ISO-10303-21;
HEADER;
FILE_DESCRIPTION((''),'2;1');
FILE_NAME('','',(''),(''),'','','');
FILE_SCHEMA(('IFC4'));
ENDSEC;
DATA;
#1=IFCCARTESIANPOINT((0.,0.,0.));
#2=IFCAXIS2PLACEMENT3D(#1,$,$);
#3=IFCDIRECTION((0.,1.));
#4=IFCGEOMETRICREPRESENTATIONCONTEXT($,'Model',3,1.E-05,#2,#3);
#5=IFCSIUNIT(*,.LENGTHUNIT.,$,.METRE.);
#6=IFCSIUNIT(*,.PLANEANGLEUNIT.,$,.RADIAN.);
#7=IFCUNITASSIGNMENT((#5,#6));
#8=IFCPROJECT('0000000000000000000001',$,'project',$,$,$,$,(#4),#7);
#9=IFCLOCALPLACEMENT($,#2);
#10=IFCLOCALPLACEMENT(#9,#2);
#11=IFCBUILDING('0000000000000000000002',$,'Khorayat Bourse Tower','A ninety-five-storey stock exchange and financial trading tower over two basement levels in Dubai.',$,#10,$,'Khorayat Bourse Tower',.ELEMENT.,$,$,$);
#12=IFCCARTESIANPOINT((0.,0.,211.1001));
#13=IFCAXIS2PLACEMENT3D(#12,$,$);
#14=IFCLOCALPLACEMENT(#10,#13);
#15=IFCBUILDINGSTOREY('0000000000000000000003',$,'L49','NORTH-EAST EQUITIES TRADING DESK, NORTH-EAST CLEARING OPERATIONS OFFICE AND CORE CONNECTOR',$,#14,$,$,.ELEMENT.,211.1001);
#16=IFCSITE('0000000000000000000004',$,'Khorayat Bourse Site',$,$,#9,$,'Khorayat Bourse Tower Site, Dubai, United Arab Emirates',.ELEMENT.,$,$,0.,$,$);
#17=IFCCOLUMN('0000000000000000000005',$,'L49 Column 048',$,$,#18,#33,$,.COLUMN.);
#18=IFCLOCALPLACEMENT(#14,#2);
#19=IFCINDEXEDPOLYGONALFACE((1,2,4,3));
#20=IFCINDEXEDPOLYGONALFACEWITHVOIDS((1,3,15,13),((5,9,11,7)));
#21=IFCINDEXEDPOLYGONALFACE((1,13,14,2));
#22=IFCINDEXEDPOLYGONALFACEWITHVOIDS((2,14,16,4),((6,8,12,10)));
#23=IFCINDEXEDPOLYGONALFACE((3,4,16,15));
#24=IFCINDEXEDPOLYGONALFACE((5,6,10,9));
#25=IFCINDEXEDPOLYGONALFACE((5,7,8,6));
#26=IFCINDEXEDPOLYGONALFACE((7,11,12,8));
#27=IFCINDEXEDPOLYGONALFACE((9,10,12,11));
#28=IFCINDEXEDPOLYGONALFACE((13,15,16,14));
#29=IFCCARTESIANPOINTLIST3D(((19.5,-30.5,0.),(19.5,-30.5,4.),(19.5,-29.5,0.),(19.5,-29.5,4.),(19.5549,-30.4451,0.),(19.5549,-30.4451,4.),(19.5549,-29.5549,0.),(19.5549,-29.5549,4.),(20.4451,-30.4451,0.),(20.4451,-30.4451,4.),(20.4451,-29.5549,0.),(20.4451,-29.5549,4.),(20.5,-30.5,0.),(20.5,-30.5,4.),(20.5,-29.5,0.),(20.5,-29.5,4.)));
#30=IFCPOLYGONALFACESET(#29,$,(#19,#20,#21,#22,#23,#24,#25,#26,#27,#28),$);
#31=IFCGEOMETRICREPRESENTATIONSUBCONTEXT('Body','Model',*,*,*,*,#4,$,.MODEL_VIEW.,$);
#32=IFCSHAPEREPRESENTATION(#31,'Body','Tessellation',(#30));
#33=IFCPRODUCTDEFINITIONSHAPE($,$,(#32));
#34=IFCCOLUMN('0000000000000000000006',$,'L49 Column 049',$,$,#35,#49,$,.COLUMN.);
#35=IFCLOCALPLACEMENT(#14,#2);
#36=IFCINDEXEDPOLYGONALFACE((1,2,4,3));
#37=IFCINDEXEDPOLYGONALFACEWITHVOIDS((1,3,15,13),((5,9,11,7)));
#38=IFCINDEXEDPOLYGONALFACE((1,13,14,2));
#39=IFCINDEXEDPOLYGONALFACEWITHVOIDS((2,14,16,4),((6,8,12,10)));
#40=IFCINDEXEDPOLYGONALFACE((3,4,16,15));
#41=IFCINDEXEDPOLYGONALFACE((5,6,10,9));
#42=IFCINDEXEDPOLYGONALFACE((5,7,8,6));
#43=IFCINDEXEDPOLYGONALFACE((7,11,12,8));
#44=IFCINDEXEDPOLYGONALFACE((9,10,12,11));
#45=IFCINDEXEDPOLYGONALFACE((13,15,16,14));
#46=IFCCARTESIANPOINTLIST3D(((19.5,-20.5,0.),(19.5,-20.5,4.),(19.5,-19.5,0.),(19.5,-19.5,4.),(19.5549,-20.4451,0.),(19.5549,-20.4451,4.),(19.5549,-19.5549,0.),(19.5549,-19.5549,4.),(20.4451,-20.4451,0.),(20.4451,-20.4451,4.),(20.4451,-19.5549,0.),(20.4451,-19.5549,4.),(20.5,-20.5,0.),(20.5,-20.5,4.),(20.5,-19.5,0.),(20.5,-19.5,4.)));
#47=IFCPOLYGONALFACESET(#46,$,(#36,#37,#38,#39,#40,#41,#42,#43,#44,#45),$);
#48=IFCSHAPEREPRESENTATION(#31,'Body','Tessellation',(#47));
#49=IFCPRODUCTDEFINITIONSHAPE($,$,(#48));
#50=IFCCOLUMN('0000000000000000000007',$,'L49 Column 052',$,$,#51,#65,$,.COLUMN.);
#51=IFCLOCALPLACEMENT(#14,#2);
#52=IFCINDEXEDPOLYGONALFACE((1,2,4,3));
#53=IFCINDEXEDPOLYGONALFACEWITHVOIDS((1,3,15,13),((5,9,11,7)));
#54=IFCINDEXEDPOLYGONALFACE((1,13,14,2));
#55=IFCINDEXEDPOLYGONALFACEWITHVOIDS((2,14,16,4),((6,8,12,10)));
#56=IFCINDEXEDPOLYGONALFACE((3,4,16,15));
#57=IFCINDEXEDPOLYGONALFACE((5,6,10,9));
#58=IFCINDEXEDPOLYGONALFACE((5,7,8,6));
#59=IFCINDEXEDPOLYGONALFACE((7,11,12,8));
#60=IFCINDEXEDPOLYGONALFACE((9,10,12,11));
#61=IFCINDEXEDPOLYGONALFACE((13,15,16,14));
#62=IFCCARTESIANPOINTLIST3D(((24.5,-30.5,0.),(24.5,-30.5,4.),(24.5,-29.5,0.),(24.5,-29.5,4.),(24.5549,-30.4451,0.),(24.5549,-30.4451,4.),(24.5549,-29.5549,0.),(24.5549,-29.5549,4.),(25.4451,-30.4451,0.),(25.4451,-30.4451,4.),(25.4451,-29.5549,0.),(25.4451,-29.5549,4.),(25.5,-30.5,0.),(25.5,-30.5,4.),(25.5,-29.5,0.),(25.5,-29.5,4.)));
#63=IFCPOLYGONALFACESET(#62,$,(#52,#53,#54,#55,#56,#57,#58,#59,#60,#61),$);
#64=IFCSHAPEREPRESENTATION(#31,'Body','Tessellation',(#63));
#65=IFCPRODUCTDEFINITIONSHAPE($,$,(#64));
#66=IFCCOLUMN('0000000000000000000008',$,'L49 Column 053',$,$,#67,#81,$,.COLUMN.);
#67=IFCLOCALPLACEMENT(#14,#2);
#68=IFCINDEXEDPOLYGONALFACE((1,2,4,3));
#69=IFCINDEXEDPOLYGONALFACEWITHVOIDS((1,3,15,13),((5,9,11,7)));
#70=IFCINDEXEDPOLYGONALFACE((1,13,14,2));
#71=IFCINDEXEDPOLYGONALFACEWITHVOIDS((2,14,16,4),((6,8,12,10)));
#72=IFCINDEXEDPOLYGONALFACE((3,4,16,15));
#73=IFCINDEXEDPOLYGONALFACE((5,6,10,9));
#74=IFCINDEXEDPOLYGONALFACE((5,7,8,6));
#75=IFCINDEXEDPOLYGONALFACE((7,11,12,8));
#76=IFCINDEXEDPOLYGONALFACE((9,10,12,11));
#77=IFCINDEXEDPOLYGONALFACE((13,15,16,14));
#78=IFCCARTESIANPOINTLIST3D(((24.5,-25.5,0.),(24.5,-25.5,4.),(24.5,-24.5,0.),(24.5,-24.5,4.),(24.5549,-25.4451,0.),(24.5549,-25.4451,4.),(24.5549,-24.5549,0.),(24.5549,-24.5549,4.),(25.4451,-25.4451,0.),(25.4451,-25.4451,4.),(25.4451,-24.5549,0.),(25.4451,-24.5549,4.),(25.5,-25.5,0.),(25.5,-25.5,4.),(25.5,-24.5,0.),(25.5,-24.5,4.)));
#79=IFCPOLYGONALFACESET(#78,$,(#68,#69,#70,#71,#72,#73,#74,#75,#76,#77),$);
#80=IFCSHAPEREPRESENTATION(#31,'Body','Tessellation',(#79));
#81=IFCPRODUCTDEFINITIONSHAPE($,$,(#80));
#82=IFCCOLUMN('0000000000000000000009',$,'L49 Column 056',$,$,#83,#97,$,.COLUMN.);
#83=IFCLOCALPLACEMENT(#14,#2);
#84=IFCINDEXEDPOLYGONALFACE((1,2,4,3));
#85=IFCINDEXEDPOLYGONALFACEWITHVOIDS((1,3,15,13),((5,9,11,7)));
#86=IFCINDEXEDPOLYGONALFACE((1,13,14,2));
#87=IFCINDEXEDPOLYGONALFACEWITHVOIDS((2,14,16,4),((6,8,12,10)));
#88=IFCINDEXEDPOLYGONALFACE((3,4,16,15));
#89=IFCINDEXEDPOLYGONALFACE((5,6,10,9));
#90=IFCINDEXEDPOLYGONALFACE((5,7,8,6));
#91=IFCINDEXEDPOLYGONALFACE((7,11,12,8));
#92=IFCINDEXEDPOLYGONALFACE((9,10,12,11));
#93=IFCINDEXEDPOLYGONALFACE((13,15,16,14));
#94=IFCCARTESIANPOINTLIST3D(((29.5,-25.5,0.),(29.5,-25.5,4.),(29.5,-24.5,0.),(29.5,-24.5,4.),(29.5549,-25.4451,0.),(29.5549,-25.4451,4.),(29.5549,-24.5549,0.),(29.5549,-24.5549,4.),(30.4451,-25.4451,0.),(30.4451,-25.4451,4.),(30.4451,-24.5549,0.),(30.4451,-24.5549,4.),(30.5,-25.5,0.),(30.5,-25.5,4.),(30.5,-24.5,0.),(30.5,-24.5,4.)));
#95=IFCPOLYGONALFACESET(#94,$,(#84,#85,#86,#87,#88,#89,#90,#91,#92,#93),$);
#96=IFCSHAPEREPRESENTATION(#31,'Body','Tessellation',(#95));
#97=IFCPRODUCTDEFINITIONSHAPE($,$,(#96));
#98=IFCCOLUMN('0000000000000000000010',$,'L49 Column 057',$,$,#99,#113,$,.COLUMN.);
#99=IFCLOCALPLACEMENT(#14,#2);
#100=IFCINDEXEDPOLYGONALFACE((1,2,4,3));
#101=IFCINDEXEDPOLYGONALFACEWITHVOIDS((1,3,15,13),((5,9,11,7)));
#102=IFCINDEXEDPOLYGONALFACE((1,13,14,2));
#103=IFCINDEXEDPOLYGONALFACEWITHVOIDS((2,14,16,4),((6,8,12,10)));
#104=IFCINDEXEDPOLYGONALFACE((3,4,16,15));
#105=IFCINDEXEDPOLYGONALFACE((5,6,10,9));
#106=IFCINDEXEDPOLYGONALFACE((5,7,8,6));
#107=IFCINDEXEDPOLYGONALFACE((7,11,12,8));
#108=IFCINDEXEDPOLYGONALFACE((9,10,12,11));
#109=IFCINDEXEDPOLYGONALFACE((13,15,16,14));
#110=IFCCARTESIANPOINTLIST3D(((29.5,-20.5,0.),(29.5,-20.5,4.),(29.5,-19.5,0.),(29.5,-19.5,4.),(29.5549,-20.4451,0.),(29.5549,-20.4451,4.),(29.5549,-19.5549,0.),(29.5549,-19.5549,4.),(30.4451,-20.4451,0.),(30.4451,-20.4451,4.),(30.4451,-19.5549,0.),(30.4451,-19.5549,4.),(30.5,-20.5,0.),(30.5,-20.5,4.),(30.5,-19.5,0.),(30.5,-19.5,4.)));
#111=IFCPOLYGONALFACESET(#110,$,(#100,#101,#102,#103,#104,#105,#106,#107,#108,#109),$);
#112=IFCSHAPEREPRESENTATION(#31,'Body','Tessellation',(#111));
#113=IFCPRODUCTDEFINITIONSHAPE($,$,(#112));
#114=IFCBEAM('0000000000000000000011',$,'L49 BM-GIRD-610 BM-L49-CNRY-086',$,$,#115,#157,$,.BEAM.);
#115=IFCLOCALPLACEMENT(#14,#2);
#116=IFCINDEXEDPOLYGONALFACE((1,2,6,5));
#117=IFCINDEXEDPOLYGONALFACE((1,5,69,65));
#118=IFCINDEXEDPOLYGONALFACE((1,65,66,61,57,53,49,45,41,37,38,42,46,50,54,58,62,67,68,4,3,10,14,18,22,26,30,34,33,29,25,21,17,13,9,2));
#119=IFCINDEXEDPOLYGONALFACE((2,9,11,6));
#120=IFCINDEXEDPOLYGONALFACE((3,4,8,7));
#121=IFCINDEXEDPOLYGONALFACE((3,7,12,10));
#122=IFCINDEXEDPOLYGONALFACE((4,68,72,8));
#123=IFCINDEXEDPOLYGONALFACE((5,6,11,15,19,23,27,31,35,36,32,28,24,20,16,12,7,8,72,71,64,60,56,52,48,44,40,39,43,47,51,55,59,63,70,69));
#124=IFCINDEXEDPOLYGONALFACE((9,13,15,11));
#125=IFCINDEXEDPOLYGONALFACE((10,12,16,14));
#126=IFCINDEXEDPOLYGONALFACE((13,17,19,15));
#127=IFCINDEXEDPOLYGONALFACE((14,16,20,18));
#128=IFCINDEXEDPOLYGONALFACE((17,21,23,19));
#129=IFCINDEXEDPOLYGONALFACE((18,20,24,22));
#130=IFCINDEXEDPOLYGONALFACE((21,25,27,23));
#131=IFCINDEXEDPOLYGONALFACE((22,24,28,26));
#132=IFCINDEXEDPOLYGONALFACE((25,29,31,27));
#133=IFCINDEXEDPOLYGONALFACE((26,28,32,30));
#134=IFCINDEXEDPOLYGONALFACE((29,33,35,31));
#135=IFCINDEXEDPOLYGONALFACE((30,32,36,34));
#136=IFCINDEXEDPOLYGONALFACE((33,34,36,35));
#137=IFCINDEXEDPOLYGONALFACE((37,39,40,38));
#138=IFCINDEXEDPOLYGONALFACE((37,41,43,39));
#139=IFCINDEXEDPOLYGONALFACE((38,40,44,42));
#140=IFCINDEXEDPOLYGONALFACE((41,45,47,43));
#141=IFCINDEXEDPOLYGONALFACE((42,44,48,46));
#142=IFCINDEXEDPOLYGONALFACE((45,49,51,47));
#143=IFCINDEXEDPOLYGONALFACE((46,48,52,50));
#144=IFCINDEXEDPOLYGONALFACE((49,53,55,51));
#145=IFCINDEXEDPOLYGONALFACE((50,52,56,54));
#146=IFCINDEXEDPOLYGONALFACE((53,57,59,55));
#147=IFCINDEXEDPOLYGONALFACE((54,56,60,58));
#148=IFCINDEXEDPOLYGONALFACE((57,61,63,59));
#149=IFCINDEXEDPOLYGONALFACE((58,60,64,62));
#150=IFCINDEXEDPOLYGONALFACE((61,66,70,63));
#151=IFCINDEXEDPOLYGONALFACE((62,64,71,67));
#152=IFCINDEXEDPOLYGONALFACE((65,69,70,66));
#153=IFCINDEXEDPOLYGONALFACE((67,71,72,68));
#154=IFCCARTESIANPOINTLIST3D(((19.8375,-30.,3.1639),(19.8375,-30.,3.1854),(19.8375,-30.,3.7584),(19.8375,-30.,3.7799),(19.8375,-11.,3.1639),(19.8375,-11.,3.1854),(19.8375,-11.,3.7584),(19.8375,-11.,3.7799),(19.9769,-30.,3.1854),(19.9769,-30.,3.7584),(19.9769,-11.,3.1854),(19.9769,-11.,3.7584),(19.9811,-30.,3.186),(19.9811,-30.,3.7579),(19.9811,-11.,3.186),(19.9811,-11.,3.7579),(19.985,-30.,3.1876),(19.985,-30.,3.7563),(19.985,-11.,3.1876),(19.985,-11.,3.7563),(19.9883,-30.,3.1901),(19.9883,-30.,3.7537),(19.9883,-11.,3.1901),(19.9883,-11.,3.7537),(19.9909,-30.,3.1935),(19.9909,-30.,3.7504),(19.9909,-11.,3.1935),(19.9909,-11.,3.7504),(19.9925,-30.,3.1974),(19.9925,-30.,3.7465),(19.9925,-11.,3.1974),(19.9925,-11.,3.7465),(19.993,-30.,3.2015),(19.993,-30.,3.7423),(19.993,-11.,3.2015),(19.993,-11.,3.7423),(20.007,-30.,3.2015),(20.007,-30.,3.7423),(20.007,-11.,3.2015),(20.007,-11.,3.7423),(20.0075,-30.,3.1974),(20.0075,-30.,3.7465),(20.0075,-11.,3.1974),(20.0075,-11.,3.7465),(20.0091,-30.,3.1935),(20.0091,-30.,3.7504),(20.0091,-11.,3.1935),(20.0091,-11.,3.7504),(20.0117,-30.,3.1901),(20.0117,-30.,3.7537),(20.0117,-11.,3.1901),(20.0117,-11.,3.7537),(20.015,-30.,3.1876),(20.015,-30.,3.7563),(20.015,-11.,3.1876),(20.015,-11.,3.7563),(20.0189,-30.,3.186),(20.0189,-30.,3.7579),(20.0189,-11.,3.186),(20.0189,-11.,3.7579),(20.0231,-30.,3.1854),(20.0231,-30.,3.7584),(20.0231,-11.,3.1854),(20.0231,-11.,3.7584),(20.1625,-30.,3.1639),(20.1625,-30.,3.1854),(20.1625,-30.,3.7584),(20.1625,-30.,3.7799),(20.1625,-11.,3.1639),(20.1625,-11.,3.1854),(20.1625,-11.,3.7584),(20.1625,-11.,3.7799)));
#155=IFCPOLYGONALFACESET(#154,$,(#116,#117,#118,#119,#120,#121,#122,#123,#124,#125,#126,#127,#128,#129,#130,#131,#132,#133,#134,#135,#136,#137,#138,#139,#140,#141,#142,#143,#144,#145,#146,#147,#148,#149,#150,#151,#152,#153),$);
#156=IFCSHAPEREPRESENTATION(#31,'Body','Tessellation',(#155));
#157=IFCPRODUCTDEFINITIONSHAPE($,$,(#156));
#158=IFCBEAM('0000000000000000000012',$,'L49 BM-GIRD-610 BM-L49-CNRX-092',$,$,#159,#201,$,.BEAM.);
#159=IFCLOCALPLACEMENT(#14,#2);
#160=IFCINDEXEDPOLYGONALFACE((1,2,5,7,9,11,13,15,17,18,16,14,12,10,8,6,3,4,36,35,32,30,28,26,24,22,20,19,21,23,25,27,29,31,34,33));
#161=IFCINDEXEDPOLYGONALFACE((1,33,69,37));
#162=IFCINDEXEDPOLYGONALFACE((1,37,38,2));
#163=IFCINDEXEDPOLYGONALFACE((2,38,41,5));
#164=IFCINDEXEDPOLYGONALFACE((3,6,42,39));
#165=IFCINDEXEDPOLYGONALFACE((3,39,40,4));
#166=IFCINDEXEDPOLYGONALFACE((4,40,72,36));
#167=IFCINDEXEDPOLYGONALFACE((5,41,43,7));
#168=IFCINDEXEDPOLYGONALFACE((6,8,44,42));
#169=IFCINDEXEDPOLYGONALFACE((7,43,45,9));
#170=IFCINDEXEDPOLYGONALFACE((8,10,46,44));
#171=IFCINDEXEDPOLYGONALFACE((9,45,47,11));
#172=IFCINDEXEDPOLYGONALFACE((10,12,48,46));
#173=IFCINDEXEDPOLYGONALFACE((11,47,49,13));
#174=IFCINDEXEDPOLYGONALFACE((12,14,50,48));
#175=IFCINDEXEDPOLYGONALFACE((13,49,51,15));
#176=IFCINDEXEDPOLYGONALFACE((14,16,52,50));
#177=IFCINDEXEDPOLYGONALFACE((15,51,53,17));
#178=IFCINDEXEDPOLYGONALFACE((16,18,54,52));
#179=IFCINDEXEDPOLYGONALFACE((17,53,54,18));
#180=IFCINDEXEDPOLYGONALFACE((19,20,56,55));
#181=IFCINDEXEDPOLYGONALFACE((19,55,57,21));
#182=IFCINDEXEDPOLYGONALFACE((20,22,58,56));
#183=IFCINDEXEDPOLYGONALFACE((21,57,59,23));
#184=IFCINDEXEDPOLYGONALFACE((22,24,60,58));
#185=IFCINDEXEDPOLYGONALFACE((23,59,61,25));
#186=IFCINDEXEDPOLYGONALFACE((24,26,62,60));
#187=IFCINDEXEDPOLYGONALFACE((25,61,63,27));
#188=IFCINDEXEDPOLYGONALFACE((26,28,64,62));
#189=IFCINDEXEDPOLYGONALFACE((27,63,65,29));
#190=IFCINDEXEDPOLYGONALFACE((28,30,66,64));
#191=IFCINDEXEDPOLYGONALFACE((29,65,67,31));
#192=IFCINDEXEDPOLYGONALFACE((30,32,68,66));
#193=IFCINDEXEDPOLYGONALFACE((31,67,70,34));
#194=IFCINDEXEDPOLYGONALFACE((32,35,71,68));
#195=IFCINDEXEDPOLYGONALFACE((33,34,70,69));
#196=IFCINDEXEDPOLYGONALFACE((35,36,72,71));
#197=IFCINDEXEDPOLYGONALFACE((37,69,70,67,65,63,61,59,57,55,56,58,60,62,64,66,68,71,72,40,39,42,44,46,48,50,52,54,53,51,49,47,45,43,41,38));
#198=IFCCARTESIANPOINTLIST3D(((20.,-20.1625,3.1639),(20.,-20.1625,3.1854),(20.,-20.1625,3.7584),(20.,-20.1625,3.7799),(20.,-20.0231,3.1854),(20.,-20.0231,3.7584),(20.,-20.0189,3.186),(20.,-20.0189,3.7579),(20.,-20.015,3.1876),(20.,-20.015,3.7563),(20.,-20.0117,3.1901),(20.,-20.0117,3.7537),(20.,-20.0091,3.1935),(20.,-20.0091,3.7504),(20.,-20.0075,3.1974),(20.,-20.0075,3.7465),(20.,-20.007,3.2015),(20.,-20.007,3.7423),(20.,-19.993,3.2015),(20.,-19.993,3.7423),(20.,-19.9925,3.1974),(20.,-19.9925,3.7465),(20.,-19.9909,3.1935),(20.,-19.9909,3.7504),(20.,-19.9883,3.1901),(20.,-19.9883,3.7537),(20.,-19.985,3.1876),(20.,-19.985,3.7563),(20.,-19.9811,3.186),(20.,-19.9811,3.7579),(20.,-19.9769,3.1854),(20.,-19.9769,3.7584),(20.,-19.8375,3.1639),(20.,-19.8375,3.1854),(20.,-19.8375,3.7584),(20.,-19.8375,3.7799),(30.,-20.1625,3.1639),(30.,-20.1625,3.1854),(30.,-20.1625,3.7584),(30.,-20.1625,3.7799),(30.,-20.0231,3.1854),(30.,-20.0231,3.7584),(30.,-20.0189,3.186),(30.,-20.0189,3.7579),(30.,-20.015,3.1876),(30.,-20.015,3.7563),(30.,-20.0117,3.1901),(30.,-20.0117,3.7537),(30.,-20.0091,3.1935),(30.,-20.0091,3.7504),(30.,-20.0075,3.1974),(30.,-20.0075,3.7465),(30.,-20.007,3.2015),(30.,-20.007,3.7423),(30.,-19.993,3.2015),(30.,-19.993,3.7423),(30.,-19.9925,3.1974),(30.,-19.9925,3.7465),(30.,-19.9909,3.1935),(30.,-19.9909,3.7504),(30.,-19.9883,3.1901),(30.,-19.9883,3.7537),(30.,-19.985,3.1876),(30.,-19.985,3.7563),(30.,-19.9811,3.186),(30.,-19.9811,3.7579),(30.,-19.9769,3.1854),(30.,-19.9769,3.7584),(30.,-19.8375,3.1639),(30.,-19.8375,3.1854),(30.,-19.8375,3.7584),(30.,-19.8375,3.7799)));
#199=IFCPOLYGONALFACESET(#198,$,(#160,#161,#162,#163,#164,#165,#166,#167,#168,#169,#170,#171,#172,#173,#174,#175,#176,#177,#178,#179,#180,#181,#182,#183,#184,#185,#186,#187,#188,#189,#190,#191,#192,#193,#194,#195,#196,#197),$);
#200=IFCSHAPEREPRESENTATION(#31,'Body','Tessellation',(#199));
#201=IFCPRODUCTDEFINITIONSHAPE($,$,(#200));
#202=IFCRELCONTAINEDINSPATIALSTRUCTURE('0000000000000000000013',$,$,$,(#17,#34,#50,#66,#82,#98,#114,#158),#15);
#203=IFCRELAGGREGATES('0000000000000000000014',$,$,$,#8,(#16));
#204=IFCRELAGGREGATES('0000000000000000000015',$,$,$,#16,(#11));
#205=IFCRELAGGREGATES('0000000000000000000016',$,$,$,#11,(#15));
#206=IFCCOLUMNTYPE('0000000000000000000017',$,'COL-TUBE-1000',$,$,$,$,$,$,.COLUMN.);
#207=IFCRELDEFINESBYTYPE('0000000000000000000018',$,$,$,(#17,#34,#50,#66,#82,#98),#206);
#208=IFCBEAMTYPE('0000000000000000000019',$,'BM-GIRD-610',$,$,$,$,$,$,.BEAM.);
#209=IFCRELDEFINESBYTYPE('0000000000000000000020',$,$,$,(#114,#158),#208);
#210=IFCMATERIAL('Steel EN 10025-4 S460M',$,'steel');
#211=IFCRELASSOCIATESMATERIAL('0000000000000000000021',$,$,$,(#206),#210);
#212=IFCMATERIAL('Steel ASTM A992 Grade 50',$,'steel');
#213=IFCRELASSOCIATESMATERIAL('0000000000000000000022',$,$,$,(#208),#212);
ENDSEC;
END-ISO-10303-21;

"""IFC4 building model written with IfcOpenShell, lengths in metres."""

from ifc_helpers import new_model, si_unit, direction, frame, origin, origin_2d, place, context, subcontext, project, spatial, hollow_rectangle, i_section, extrude, source, transform, mapped, material, material_profile, profile_set, type_object, element, save


model = new_model("IFC4")

# Units and contexts
model_context = context("Model", 3, precision=1e-05, world=origin(), true_north=direction((0.0, 1.0)))
body_context = subcontext(model_context, "Body", "Model", "MODEL_VIEW")
ifc_project = project(units=[si_unit("LENGTHUNIT", "METRE"), si_unit("PLANEANGLEUNIT", "RADIAN")], contexts=[model_context])

# Site, building, storey
site_placement = place(None, origin())
site = spatial("IfcSite", under=ifc_project, at=site_placement, Name="Khorayat Bourse Site", LongName="Khorayat Bourse Tower Site, Dubai, United Arab Emirates", CompositionType="ELEMENT", RefElevation=0.0)
building_placement = place(site_placement, origin())
building = spatial("IfcBuilding", under=site, at=building_placement, Name="Khorayat Bourse Tower", Description="A ninety-five-storey stock exchange and financial trading tower over two basement levels in Dubai.", LongName="Khorayat Bourse Tower", CompositionType="ELEMENT")
storey_placement = place(building_placement, frame((0.0, 0.0, 211.1001)))
storey = spatial("IfcBuildingStorey", under=building, at=storey_placement, Name="L49", Description="NORTH-EAST EQUITIES TRADING DESK, NORTH-EAST CLEARING OPERATIONS OFFICE AND CORE CONNECTOR", CompositionType="ELEMENT", Elevation=211.1001)

# Columns
ifc_material_1 = material(Name="Steel EN 10025-4 S460M", Category="steel")
ifc_material_profile_1 = material_profile(ifc_material_1, hollow_rectangle(XDim=1.0, YDim=1.0, WallThickness=0.0549, at=origin_2d()), Name="BOX 1000x1000x55")
ifc_profile_set_1 = profile_set([ifc_material_profile_1], Name="Steel EN 10025-4 S460M")
column_type = type_object("IfcColumnType", Name="COL-TUBE-1000", PredefinedType="COLUMN", material=ifc_profile_set_1)
shared_shape_1 = source(origin(), body_context, "Body", "SweptSolid", [
    extrude(hollow_rectangle(XDim=1.0, YDim=1.0, WallThickness=0.0549, at=origin_2d()), origin(), (0.0, 0.0, 1.0), 4.0),
])
for number, where, z_axis, x_axis, name in (
    (1, (20.0, -30.0, 0.0), (0.0, 0.0, 1.0), (1.0, 0.0, 0.0), "L49 Column 048"),
    (2, (20.0, -20.0, 0.0), (0.0, 0.0, 1.0), (1.0, 0.0, 0.0), "L49 Column 049"),
    (3, (25.0, -30.0, 0.0), (0.0, 0.0, 1.0), (1.0, 0.0, 0.0), "L49 Column 052"),
    (4, (25.0, -25.0, 0.0), (0.0, 0.0, 1.0), (1.0, 0.0, 0.0), "L49 Column 053"),
    (5, (30.0, -25.0, 0.0), (0.0, 0.0, 1.0), (1.0, 0.0, 0.0), "L49 Column 056"),
    (6, (30.0, -20.0, 0.0), (0.0, 0.0, 1.0), (1.0, 0.0, 0.0), "L49 Column 057"),
):
    element("IfcColumn", number, at=place(storey_placement, frame(where, z_axis=z_axis, x_axis=x_axis)), inside=storey, type_object=column_type, Name=name, PredefinedType="COLUMN", context=body_context, shape_type="MappedRepresentation", body=[
        mapped(shared_shape_1, transform((0.0, 0.0, 0.0), scale=1.0)),
    ])

# Beams
ifc_material_2 = material(Name="Steel ASTM A992 Grade 50", Category="steel")
ifc_material_profile_2 = material_profile(ifc_material_2, i_section(OverallWidth=0.325, OverallDepth=0.616, WebThickness=0.0139, FlangeThickness=0.0215, FilletRadius=0.0161, at=origin_2d()), Name="W610X174")
ifc_profile_set_2 = profile_set([ifc_material_profile_2], Name="Steel ASTM A992 Grade 50")
beam_type_1 = type_object("IfcBeamType", Name="BM-GIRD-610", PredefinedType="BEAM", material=ifc_profile_set_2)
shared_shape_2 = source(origin(), body_context, "Body", "SweptSolid", [
    extrude(i_section(OverallWidth=0.325, OverallDepth=0.616, WebThickness=0.0139, FlangeThickness=0.0215, FilletRadius=0.0161, at=origin_2d()), origin(), (0.0, 0.0, 1.0), 19.0),
])
beam_1_placement = place(storey_placement, frame((20.0, -30.0, 3.4719), z_axis=(0.0, 1.0, 0.0), x_axis=(-1.0, 0.0, 0.0)))
element("IfcBeam", 7, at=beam_1_placement, inside=storey, type_object=beam_type_1, Name="L49 BM-GIRD-610 BM-L49-CNRY-086", PredefinedType="BEAM", context=body_context, shape_type="MappedRepresentation", body=[
    mapped(shared_shape_2, transform((0.0, 0.0, 0.0), scale=1.0)),
])
shared_shape_3 = source(origin(), body_context, "Body", "SweptSolid", [
    extrude(i_section(OverallWidth=0.325, OverallDepth=0.616, WebThickness=0.0139, FlangeThickness=0.0215, FilletRadius=0.0161, at=origin_2d()), origin(), (0.0, 0.0, 1.0), 10.0),
])
beam_2_placement = place(storey_placement, frame((20.0, -20.0, 3.4719), z_axis=(1.0, 0.0, 0.0), x_axis=(0.0, 1.0, 0.0)))
element("IfcBeam", 8, at=beam_2_placement, inside=storey, type_object=beam_type_1, Name="L49 BM-GIRD-610 BM-L49-CNRX-092", PredefinedType="BEAM", context=body_context, shape_type="MappedRepresentation", body=[
    mapped(shared_shape_3, transform((0.0, 0.0, 0.0), scale=1.0)),
])

save(model, "model.ifc")
